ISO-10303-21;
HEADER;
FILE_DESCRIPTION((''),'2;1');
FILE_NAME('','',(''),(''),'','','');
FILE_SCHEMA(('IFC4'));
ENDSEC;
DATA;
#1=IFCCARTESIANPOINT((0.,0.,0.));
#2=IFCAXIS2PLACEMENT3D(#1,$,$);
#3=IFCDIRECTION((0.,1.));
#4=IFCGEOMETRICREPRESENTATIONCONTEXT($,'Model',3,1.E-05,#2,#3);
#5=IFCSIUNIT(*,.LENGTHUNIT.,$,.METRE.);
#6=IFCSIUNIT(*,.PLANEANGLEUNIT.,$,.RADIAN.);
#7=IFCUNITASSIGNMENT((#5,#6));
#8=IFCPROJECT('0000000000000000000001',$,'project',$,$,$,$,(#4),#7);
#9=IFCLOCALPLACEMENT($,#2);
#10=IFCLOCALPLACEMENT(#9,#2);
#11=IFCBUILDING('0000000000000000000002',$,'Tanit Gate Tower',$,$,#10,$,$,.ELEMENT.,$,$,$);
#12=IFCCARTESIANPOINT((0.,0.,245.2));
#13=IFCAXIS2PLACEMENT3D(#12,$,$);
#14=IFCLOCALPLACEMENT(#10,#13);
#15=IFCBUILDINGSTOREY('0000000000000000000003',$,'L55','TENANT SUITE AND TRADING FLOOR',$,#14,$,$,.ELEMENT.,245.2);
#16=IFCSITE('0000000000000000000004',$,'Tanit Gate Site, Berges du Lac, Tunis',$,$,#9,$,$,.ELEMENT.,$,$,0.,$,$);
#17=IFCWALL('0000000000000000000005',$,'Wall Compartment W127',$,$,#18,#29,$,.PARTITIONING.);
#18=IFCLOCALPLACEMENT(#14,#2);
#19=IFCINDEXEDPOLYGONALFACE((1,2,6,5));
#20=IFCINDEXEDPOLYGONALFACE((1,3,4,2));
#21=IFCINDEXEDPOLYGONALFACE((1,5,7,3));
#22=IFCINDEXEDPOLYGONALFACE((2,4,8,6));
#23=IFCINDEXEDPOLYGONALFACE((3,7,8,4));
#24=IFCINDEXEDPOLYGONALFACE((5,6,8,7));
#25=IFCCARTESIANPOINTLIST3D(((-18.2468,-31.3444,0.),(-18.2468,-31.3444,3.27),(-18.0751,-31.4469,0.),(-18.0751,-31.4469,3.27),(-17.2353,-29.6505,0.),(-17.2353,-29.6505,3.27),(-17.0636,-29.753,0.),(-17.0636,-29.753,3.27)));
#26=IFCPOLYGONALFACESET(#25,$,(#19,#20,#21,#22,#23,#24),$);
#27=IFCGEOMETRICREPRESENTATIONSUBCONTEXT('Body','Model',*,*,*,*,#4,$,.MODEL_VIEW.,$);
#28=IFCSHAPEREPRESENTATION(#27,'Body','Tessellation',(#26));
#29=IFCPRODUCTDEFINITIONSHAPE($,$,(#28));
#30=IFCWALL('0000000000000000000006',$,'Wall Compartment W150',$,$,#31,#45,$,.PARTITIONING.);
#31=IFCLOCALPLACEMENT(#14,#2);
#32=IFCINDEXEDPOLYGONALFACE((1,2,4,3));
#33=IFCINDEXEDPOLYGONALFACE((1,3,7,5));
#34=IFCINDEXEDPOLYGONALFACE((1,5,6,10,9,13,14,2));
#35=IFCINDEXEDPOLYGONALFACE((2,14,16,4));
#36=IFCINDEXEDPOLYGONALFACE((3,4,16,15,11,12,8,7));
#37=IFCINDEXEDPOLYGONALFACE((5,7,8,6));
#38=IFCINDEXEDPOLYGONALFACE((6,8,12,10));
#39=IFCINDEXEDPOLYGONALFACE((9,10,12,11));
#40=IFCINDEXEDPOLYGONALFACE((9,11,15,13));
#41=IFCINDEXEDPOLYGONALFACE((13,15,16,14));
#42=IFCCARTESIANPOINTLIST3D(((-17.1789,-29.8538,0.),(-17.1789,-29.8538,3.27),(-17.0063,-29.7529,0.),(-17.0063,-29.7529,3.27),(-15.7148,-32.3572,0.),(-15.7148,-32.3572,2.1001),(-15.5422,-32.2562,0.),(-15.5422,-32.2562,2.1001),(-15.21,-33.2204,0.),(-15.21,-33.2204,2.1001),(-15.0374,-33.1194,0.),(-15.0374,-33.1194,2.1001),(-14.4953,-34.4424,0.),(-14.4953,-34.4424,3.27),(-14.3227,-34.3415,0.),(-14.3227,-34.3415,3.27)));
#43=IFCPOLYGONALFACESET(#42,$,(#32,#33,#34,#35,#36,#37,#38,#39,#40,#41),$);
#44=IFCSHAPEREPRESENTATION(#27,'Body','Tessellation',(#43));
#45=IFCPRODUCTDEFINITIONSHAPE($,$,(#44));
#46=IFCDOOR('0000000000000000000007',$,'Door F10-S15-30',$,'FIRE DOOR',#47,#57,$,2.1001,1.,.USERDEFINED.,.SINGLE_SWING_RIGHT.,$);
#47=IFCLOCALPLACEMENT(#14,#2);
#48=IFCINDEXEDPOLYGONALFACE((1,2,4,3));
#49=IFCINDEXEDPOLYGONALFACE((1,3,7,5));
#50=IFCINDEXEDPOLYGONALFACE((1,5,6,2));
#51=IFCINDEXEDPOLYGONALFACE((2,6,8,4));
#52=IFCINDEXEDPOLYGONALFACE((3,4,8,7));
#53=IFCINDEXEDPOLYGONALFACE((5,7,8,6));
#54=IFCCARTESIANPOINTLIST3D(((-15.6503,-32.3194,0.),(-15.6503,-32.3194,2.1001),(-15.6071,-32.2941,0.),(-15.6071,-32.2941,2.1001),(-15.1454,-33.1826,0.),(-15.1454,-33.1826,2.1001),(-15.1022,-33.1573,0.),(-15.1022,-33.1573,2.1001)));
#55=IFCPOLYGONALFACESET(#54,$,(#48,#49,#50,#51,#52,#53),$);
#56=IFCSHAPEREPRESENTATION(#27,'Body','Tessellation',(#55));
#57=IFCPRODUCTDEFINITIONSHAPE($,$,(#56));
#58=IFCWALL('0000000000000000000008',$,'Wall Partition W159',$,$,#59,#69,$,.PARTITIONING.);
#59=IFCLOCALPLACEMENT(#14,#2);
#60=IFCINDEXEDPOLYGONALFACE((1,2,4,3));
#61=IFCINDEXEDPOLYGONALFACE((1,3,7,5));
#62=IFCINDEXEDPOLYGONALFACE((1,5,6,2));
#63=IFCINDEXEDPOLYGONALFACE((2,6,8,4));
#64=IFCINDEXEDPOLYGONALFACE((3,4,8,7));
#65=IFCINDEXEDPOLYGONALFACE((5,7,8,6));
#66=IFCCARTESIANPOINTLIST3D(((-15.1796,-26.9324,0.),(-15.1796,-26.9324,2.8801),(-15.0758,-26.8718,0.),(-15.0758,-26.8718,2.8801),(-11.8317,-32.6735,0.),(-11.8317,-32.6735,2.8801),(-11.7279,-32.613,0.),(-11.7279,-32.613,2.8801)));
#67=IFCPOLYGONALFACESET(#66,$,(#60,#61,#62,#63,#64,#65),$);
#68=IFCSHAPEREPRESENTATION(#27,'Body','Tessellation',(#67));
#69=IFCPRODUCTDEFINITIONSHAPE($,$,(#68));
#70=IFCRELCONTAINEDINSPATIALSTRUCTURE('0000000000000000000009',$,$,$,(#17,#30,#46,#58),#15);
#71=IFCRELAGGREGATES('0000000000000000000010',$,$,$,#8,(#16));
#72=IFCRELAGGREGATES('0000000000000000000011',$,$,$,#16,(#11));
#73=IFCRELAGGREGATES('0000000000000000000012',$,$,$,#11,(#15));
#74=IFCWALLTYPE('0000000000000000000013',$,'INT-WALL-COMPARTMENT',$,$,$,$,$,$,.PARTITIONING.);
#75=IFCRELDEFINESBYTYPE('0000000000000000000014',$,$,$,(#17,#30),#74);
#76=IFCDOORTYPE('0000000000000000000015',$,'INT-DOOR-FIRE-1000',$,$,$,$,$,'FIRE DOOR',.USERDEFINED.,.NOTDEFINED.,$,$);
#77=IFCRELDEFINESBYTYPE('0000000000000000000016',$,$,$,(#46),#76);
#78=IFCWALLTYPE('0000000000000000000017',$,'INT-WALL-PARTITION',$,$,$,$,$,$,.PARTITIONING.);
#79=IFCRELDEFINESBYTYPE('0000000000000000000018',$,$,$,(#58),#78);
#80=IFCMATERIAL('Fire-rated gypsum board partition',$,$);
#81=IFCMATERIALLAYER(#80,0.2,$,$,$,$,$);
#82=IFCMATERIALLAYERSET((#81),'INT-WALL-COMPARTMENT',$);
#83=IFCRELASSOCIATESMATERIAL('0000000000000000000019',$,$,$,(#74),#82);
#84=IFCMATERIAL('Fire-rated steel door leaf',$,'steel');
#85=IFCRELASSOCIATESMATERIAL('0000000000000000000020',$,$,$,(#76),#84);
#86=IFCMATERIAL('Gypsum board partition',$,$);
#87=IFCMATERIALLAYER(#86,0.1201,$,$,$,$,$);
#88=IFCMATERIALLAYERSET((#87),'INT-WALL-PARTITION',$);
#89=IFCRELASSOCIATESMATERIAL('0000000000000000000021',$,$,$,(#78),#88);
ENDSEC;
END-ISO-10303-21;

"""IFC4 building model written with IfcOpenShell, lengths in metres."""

from ifc_helpers import new_model, si_unit, direction, frame, frame_2d, origin, place, context, subcontext, project, spatial, rectangle, extrude, material, layer, layer_set, type_object, element, fill, save


model = new_model("IFC4")

# Units and contexts
model_context = context("Model", 3, precision=1e-05, world=origin(), true_north=direction((0.0, 1.0)))
body_context = subcontext(model_context, "Body", "Model", "MODEL_VIEW")
ifc_project = project(units=[si_unit("LENGTHUNIT", "METRE"), si_unit("PLANEANGLEUNIT", "RADIAN")], contexts=[model_context])

# Site, building, storey
site_placement = place(None, origin())
site = spatial("IfcSite", under=ifc_project, at=site_placement, Name="Tanit Gate Site, Berges du Lac, Tunis", CompositionType="ELEMENT", RefElevation=0.0)
building_placement = place(site_placement, origin())
building = spatial("IfcBuilding", under=site, at=building_placement, Name="Tanit Gate Tower", CompositionType="ELEMENT")
storey_placement = place(building_placement, frame((0.0, 0.0, 245.2)))
storey = spatial("IfcBuildingStorey", under=building, at=storey_placement, Name="L55", Description="TENANT SUITE AND TRADING FLOOR", CompositionType="ELEMENT", Elevation=245.2)

# Wall
ifc_material_1 = material(Name="Fire-rated gypsum board partition")
ifc_layer_1 = layer(ifc_material_1, 0.2)
ifc_layer_set_1 = layer_set([ifc_layer_1], Name="INT-WALL-COMPARTMENT")
wall_type_1 = type_object("IfcWallType", Name="INT-WALL-COMPARTMENT", PredefinedType="PARTITIONING", material=ifc_layer_set_1)
wall_1_placement = place(storey_placement, frame((-18.1609, -31.3955, 0.0), z_axis=(0.0, 0.0, 1.0), x_axis=(0.512693, 0.858572, 0.0)))
element("IfcWall", 1, at=wall_1_placement, inside=storey, type_object=wall_type_1, Name="Wall Compartment W127", PredefinedType="PARTITIONING", context=body_context, shape_type="SweptSolid", body=[
    extrude(rectangle(XDim=1.9729, YDim=0.2, at=frame_2d((0.9863, 0.0))), origin(), (0.0, 0.0, 1.0), 3.27),
])

# Wall, opening, door
wall_2_placement = place(storey_placement, frame((-17.0925, -29.8035, 0.0), z_axis=(0.0, 0.0, 1.0), x_axis=(0.504839, -0.863214, 0.0)))
wall_2 = element("IfcWall", 2, at=wall_2_placement, inside=storey, type_object=wall_type_1, Name="Wall Compartment W150", PredefinedType="PARTITIONING", context=body_context, shape_type="SweptSolid", body=[
    extrude(rectangle(XDim=5.3157, YDim=0.2, at=frame_2d((2.6577, 0.0))), origin(), (0.0, 0.0, 1.0), 3.27),
])
opening_placement = place(wall_2_placement, frame((2.8999, 0.0, 0.0)))
opening = element("IfcOpeningElement", 3, at=opening_placement, cuts=wall_2, PredefinedType="OPENING", context=body_context, shape_type="SweptSolid", body=[
    extrude(rectangle(XDim=1.0, YDim=2.1001, at=frame_2d((0.5, 1.05))), frame((0.0, 0.1099, 0.0), z_axis=(0.0, -1.0, 0.0), x_axis=(1.0, 0.0, 0.0)), (0.0, 0.0, 1.0), 0.22),
])
ifc_material_2 = material(Name="Fire-rated steel door leaf", Category="steel")
door_type = type_object("IfcDoorType", Name="INT-DOOR-FIRE-1000", ElementType="FIRE DOOR", OperationType="NOTDEFINED", PredefinedType="USERDEFINED", material=ifc_material_2)
door_placement = place(opening_placement, origin())
door = element("IfcDoor", 4, at=door_placement, inside=storey, type_object=door_type, Name="Door F10-S15-30", ObjectType="FIRE DOOR", OperationType="SINGLE_SWING_RIGHT", OverallHeight=2.1001, OverallWidth=1.0, PredefinedType="USERDEFINED", context=body_context, shape_type="SweptSolid", body=[
    extrude(rectangle(XDim=1.0, YDim=2.1001, at=frame_2d((0.5, 1.05))), frame((0.0, 0.0249, 0.0), z_axis=(0.0, -1.0, 0.0), x_axis=(1.0, 0.0, 0.0)), (0.0, 0.0, 1.0), 0.05),
])
fill(opening, door)

# Wall
ifc_material_3 = material(Name="Gypsum board partition")
ifc_layer_2 = layer(ifc_material_3, 0.1201)
ifc_layer_set_2 = layer_set([ifc_layer_2], Name="INT-WALL-PARTITION")
wall_type_2 = type_object("IfcWallType", Name="INT-WALL-PARTITION", PredefinedType="PARTITIONING", material=ifc_layer_set_2)
wall_3_placement = place(storey_placement, frame((-15.1277, -26.9021, 0.0), z_axis=(0.0, 0.0, 1.0), x_axis=(0.503743, -0.863854, 0.0)))
element("IfcWall", 5, at=wall_3_placement, inside=storey, type_object=wall_type_2, Name="Wall Partition W159", PredefinedType="PARTITIONING", context=body_context, shape_type="SweptSolid", body=[
    extrude(rectangle(XDim=6.646, YDim=0.1201, at=frame_2d((3.323, 0.0))), origin(), (0.0, 0.0, 1.0), 2.8801),
])

save(model, "model.ifc")
